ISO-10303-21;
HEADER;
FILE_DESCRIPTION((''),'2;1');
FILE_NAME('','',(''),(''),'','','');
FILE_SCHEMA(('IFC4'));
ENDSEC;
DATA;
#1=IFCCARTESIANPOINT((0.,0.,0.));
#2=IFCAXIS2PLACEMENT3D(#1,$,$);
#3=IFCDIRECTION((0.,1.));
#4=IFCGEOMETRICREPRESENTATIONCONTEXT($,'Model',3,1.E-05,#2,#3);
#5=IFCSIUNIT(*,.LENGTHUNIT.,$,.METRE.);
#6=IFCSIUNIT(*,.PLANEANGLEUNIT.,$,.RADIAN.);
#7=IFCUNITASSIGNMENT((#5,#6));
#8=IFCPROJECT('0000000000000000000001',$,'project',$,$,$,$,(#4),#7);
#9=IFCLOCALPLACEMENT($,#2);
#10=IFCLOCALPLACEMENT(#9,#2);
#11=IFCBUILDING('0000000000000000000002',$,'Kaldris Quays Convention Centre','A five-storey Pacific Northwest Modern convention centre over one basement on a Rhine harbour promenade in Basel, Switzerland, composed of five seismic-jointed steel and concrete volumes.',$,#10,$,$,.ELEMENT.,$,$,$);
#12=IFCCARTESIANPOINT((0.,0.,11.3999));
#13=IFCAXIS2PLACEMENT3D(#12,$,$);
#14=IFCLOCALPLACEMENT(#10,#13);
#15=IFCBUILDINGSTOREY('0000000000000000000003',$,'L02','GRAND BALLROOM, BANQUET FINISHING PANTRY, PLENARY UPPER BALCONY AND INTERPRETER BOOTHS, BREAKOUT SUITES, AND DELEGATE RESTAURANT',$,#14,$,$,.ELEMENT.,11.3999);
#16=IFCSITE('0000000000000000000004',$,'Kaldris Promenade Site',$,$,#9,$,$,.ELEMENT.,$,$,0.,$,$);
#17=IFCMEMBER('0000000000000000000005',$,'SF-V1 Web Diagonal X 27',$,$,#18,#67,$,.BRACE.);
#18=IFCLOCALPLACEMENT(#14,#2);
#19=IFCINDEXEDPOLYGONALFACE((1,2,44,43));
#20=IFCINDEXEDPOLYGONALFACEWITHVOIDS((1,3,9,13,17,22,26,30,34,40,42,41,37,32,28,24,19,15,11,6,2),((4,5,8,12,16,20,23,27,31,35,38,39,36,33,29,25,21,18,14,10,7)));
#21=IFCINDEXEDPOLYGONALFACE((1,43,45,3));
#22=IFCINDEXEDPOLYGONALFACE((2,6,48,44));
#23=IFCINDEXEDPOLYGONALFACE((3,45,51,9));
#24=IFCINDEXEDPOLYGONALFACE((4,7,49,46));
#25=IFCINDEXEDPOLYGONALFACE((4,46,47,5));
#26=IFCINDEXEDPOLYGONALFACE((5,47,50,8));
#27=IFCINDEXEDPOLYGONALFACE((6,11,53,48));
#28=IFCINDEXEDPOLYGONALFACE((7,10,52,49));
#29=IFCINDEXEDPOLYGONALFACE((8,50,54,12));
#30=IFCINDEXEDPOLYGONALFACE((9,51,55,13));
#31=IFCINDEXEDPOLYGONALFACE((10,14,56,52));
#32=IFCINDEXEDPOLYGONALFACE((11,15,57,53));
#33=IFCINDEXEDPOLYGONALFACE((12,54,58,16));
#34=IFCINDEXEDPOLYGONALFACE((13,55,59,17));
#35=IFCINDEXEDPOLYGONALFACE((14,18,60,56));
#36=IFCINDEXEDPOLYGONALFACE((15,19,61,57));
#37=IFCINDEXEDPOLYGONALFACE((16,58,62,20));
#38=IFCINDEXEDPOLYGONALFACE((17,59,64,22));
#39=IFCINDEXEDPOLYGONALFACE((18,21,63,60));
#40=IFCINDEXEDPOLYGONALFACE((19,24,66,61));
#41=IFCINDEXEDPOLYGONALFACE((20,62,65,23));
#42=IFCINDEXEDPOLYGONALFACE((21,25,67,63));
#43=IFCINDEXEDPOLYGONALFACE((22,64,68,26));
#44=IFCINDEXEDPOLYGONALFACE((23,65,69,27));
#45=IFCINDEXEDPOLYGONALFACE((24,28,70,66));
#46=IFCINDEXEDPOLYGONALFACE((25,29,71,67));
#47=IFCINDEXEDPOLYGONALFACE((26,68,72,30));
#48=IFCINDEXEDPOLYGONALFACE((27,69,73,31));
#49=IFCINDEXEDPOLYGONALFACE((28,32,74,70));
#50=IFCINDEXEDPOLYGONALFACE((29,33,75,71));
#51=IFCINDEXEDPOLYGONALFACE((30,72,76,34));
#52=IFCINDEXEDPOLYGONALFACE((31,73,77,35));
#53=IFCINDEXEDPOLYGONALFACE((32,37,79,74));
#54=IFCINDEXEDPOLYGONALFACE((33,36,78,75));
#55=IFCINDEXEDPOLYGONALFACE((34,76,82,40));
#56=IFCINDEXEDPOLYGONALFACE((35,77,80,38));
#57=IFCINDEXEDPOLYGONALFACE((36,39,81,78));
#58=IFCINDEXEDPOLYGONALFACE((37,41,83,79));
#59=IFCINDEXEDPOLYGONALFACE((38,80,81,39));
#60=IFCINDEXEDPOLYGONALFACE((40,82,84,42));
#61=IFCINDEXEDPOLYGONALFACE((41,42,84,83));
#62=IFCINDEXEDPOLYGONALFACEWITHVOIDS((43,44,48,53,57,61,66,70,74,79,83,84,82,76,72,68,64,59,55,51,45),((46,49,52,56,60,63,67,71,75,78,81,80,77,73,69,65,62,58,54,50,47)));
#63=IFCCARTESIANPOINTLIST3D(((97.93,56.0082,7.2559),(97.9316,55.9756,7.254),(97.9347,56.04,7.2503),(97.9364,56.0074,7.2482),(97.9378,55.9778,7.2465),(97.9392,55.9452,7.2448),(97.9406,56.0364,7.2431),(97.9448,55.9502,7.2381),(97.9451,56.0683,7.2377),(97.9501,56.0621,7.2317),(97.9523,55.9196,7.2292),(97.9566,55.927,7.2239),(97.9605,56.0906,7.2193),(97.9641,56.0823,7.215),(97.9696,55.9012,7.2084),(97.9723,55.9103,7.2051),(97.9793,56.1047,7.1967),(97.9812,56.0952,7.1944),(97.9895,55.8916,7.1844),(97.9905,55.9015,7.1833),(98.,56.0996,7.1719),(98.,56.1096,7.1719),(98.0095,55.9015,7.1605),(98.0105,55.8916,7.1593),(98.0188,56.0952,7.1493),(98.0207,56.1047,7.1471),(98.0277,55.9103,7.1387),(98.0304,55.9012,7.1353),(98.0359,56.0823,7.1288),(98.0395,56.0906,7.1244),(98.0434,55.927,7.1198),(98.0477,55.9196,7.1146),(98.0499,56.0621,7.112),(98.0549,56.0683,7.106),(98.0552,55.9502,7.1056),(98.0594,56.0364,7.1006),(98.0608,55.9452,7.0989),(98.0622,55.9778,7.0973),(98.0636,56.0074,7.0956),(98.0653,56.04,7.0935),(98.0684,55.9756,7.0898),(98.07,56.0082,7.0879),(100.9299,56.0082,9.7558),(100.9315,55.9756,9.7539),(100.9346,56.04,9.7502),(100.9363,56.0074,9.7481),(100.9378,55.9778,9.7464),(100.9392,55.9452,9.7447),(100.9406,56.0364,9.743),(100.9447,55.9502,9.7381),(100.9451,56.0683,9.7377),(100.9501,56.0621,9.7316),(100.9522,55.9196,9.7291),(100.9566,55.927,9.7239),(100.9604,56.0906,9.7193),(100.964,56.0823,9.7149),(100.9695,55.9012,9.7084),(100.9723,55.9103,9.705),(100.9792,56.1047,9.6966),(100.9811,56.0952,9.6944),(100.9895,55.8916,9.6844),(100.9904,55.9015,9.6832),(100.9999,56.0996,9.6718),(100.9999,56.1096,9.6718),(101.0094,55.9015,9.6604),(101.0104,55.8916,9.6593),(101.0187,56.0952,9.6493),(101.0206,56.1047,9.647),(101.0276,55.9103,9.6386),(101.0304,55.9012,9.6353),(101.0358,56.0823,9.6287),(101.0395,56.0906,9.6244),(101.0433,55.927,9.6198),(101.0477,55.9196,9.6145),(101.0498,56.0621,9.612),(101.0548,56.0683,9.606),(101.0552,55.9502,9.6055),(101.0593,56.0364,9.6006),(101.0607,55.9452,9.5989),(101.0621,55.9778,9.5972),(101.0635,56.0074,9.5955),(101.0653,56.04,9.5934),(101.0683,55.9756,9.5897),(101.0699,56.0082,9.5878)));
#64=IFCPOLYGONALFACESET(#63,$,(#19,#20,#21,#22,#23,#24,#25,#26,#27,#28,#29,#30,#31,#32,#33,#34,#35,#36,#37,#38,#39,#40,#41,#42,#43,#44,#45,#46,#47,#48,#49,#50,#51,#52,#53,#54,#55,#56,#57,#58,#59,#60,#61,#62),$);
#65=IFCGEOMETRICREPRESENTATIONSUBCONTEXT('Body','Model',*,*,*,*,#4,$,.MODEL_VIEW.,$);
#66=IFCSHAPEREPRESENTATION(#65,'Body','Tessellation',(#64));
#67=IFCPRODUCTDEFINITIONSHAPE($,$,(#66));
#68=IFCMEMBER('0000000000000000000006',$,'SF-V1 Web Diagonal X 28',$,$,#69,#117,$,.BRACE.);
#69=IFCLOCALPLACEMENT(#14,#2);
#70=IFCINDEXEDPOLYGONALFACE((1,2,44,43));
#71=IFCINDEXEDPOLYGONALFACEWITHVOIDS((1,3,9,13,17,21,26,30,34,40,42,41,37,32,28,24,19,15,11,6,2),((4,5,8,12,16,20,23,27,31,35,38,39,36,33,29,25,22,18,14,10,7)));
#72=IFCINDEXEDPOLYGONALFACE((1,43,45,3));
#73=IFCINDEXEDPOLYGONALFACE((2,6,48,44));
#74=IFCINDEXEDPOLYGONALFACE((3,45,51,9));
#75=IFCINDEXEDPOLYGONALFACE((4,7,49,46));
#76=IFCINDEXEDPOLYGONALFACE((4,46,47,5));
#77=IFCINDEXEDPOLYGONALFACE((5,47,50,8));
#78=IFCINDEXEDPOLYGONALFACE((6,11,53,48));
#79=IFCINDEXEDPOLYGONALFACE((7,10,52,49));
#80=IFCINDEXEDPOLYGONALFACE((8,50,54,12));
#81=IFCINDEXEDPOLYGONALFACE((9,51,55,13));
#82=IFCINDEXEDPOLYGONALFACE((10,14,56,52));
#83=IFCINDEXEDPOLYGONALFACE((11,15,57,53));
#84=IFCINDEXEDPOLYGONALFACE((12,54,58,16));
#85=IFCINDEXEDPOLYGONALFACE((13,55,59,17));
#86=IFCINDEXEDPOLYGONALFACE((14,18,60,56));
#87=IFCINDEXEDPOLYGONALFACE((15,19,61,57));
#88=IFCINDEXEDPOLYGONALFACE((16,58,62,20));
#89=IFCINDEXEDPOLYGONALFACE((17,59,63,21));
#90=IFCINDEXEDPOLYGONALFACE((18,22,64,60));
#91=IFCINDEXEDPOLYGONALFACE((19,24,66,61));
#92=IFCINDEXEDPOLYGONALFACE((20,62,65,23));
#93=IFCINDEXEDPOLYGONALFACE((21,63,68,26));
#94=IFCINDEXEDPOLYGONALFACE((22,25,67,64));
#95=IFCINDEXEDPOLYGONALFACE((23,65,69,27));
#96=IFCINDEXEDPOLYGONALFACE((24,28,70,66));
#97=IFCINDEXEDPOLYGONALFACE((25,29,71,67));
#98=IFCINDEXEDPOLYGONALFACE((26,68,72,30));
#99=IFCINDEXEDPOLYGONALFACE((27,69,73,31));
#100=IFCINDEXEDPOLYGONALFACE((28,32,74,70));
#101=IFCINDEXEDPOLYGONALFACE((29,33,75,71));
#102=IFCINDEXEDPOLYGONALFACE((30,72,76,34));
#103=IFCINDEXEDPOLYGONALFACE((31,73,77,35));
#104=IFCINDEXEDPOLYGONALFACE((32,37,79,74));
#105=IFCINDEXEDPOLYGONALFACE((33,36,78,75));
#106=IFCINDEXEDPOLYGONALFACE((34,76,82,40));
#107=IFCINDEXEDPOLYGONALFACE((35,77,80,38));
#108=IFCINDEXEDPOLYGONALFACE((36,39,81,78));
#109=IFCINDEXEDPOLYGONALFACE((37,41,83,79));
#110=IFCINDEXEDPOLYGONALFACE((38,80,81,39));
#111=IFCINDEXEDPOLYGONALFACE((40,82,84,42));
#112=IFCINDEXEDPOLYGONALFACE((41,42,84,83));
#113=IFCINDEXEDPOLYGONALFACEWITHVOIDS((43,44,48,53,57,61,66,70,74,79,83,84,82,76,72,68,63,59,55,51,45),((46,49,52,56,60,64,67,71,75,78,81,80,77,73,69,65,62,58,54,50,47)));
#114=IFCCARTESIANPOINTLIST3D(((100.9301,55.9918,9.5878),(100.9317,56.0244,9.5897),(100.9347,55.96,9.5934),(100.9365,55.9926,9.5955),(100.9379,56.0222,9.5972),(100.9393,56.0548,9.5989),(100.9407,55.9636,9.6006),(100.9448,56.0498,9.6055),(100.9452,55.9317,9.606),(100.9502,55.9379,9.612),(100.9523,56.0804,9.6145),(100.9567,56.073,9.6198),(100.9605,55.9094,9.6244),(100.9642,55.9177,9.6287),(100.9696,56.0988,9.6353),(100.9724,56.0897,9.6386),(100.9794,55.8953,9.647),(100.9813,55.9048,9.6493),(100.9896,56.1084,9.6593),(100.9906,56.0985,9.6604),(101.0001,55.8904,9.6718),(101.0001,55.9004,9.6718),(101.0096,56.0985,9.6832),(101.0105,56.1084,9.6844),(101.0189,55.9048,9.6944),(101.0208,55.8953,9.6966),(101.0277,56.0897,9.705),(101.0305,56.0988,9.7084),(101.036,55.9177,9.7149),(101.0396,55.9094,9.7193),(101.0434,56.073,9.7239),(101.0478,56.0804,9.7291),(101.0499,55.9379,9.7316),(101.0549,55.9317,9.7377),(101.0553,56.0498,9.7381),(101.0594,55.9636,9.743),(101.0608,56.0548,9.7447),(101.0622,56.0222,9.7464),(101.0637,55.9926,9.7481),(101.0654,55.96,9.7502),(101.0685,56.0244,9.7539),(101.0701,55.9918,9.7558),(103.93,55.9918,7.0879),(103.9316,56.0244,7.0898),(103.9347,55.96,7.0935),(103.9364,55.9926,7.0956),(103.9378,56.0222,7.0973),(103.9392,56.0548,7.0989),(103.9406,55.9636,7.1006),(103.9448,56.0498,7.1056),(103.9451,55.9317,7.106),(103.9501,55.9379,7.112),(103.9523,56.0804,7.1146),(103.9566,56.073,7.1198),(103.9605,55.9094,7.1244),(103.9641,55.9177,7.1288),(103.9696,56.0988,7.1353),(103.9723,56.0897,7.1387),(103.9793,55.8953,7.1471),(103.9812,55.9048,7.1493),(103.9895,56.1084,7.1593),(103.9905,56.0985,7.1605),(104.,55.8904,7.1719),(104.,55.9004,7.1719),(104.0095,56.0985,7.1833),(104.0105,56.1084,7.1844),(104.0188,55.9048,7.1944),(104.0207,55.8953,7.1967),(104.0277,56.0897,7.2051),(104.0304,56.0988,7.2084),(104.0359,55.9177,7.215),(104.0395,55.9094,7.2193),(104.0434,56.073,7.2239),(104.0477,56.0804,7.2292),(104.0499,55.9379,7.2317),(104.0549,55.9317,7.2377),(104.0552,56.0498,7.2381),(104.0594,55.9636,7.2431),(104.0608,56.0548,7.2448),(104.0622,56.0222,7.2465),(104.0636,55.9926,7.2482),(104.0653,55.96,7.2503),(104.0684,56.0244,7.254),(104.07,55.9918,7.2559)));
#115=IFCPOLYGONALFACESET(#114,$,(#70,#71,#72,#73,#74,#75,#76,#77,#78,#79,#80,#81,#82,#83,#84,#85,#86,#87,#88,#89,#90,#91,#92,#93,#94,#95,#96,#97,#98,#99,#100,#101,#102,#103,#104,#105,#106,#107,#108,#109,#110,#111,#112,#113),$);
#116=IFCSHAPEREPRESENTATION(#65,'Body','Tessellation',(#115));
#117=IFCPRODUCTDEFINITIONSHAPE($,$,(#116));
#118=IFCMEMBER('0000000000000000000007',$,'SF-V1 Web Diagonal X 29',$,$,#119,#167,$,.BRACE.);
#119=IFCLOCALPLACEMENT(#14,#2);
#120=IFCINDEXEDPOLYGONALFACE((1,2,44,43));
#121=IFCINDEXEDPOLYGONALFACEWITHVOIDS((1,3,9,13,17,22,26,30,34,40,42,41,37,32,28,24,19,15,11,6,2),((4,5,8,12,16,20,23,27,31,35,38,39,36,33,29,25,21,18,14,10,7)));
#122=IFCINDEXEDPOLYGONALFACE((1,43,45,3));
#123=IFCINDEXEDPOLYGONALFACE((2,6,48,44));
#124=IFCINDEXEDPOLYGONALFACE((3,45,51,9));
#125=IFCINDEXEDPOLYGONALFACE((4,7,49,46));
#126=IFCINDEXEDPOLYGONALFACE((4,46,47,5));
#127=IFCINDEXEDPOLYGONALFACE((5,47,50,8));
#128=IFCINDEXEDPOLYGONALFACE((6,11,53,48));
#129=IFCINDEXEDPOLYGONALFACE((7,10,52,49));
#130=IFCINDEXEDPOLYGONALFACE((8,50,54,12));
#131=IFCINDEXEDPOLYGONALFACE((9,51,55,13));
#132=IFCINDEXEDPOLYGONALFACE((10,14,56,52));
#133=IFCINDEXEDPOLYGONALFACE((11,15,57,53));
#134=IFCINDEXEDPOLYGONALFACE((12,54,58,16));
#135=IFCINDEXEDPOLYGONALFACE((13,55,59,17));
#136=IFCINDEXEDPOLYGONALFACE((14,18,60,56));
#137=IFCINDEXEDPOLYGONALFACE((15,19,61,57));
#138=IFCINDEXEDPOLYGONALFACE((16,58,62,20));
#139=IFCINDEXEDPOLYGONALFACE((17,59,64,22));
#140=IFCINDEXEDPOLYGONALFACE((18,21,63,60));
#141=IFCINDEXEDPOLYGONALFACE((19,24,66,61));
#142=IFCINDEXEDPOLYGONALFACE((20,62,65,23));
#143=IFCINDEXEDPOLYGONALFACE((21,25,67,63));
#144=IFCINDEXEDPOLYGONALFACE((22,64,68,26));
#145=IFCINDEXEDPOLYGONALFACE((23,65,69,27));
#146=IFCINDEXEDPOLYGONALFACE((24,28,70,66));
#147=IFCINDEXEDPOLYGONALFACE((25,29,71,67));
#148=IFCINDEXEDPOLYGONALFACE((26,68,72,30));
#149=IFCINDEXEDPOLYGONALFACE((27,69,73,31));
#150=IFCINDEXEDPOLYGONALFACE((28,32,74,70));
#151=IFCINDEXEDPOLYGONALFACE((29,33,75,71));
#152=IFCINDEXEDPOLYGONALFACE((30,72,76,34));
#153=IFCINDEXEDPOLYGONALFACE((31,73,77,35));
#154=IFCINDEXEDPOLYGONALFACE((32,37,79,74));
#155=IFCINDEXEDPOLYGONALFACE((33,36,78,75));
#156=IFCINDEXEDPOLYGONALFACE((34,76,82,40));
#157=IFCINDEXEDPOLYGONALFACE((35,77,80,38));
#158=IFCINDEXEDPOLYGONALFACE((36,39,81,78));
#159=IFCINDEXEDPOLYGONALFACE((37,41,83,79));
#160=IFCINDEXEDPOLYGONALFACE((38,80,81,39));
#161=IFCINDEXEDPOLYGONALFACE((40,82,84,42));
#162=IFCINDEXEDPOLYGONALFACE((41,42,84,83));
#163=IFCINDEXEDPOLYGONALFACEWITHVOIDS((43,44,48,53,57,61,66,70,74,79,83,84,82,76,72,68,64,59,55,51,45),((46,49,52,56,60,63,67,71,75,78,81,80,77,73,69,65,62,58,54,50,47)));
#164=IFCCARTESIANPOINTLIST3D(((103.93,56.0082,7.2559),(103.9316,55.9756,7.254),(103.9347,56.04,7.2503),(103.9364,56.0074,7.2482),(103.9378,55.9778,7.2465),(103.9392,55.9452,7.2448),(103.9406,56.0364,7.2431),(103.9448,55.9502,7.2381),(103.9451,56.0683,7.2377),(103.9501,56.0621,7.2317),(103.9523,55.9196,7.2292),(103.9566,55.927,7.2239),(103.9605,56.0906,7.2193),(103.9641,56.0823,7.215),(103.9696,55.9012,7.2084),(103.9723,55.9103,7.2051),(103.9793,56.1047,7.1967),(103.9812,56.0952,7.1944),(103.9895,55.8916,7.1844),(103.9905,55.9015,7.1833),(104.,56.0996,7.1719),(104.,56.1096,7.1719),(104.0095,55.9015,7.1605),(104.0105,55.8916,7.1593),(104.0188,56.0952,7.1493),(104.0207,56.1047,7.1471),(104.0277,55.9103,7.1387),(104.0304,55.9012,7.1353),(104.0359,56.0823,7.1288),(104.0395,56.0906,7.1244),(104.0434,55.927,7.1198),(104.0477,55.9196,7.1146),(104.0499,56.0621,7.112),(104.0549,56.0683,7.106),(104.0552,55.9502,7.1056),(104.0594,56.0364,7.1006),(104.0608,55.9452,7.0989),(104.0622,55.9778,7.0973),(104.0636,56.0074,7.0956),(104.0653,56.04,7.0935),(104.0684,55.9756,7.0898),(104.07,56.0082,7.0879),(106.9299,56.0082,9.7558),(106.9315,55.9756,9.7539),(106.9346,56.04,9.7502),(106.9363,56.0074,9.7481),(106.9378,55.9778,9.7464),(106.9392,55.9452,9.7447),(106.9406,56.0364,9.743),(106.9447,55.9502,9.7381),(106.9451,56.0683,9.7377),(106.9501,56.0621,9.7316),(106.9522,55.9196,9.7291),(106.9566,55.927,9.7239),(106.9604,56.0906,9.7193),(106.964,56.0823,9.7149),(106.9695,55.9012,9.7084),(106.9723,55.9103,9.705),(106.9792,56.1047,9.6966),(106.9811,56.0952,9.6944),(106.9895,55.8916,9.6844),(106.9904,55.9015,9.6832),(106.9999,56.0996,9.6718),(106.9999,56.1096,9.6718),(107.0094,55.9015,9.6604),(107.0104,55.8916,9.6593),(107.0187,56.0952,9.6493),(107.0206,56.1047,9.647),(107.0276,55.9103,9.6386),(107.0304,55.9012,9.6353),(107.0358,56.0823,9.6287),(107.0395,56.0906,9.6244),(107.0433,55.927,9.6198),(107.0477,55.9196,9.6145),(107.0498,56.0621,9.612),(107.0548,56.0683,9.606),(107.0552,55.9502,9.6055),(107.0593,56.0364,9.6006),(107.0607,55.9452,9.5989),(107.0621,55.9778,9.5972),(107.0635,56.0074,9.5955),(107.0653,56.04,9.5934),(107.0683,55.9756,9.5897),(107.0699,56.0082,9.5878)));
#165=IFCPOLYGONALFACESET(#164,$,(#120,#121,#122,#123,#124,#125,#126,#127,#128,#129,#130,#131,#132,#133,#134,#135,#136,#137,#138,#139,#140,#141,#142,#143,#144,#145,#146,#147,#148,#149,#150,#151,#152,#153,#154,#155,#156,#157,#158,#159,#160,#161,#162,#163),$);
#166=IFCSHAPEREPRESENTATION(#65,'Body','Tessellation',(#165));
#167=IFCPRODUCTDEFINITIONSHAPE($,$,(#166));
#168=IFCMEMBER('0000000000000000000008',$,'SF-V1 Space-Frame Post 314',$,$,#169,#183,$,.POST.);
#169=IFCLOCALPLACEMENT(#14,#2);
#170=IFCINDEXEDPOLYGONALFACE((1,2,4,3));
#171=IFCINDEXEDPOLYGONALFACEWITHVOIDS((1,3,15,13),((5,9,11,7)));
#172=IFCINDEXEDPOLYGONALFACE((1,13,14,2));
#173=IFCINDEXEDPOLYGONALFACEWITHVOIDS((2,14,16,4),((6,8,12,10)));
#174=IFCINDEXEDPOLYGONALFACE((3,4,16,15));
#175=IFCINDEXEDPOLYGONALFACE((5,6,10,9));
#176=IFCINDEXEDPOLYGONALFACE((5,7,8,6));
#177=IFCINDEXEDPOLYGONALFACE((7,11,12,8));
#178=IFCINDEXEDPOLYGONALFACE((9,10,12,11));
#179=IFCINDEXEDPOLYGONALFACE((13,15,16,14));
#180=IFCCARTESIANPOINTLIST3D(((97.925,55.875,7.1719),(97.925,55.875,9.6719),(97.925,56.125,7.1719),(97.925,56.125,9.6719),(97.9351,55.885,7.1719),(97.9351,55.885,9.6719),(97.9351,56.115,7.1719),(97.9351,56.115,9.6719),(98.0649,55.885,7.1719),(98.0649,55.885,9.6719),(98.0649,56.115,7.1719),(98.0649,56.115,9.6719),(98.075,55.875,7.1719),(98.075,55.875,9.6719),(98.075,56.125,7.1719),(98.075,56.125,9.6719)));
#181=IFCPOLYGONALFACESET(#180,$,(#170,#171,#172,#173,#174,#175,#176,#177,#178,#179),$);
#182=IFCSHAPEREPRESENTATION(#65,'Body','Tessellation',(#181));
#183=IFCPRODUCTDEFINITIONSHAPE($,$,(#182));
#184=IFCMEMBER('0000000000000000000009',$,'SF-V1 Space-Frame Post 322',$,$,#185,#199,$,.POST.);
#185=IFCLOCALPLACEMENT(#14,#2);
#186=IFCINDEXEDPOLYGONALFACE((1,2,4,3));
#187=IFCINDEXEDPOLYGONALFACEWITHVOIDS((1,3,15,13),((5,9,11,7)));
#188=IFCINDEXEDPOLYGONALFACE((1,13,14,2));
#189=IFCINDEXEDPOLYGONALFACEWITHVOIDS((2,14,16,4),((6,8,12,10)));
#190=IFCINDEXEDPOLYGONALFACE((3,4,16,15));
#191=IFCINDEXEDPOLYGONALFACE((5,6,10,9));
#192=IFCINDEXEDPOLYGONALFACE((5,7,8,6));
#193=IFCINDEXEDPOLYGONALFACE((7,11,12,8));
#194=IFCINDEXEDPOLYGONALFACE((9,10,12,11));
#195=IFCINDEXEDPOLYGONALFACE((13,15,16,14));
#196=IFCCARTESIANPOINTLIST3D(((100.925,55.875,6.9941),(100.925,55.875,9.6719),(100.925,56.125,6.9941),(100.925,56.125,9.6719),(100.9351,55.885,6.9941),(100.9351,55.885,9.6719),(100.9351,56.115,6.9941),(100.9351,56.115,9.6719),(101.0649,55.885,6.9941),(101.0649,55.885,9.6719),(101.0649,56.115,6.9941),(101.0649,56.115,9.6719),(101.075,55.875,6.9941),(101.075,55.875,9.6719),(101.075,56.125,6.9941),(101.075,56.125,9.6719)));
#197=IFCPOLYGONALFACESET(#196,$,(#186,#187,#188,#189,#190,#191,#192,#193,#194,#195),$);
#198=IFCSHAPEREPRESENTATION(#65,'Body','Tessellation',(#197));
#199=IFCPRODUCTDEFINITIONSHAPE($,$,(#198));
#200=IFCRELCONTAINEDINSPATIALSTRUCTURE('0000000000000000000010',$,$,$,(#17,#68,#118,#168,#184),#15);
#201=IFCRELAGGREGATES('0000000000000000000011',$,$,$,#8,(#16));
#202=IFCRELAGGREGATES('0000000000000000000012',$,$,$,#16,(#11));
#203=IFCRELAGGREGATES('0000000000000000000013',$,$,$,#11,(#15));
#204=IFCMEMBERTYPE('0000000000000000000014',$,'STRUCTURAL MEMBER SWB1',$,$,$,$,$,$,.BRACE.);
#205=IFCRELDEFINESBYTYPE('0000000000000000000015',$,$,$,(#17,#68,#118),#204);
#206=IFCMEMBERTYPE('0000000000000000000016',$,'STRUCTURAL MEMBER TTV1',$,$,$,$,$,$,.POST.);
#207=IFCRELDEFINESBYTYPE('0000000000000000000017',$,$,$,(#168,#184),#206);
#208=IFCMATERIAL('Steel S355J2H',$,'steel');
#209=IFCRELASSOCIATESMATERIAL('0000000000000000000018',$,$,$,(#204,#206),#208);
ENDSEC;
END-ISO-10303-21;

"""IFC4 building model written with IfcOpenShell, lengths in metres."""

from ifc_helpers import new_model, si_unit, direction, frame, origin, origin_2d, place, context, subcontext, project, spatial, hollow_rectangle, hollow_circle, extrude, material, material_profile, profile_set, type_object, element, save


model = new_model("IFC4")

# Units and contexts
model_context = context("Model", 3, precision=1e-05, world=origin(), true_north=direction((0.0, 1.0)))
body_context = subcontext(model_context, "Body", "Model", "MODEL_VIEW")
ifc_project = project(units=[si_unit("LENGTHUNIT", "METRE"), si_unit("PLANEANGLEUNIT", "RADIAN")], contexts=[model_context])

# Site, building, storey
site_placement = place(None, origin())
site = spatial("IfcSite", under=ifc_project, at=site_placement, Name="Kaldris Promenade Site", CompositionType="ELEMENT", RefElevation=0.0)
building_placement = place(site_placement, origin())
building = spatial("IfcBuilding", under=site, at=building_placement, Name="Kaldris Quays Convention Centre", Description="A five-storey Pacific Northwest Modern convention centre over one basement on a Rhine harbour promenade in Basel, Switzerland, composed of five seismic-jointed steel and concrete volumes.", CompositionType="ELEMENT")
storey_placement = place(building_placement, frame((0.0, 0.0, 11.3999)))
storey = spatial("IfcBuildingStorey", under=building, at=storey_placement, Name="L02", Description="GRAND BALLROOM, BANQUET FINISHING PANTRY, PLENARY UPPER BALCONY AND INTERPRETER BOOTHS, BREAKOUT SUITES, AND DELEGATE RESTAURANT", CompositionType="ELEMENT", Elevation=11.3999)

# Members
ifc_material_1 = material(Name="Steel S355J2H", Category="steel")
ifc_material_profile_1 = material_profile(ifc_material_1, hollow_circle(Radius=0.1096, WallThickness=0.01, at=origin_2d()), Name="CHS 219.1x10")
ifc_profile_set_1 = profile_set([ifc_material_profile_1], Name="Steel S355J2H")
member_type_1 = type_object("IfcMemberType", Name="STRUCTURAL MEMBER SWB1", PredefinedType="BRACE", material=ifc_profile_set_1)
for number, where, z_axis, x_axis, name in (
    (1, (98.0, 56.0, 7.1719), (0.768221, 0.0, 0.640184), (0.0, 1.0, 0.0), "SF-V1 Web Diagonal X 27"),
    (2, (104.0, 56.0, 7.1719), (-0.768221, 0.0, 0.640184), (0.0, -1.0, 0.0), "SF-V1 Web Diagonal X 28"),
    (3, (104.0, 56.0, 7.1719), (0.768221, 0.0, 0.640184), (0.0, 1.0, 0.0), "SF-V1 Web Diagonal X 29"),
):
    element("IfcMember", number, at=place(storey_placement, frame(where, z_axis=z_axis, x_axis=x_axis)), inside=storey, type_object=member_type_1, Name=name, PredefinedType="BRACE", context=body_context, shape_type="SweptSolid", body=[
        extrude(hollow_circle(Radius=0.1096, WallThickness=0.01, at=origin_2d()), origin(), (0.0, 0.0, 1.0), 3.905),
    ])
ifc_material_profile_2 = material_profile(ifc_material_1, hollow_rectangle(XDim=0.1499, YDim=0.25, WallThickness=0.01, at=origin_2d()), Name="RHS 250x150x10")
ifc_profile_set_2 = profile_set([ifc_material_profile_2], Name="Steel S355J2H")
member_type_2 = type_object("IfcMemberType", Name="STRUCTURAL MEMBER TTV1", PredefinedType="POST", material=ifc_profile_set_2)
member_1_placement = place(storey_placement, frame((98.0, 56.0, 7.1719), z_axis=(0.0, 0.0, 1.0), x_axis=(1.0, 0.0, 0.0)))
element("IfcMember", 4, at=member_1_placement, inside=storey, type_object=member_type_2, Name="SF-V1 Space-Frame Post 314", PredefinedType="POST", context=body_context, shape_type="SweptSolid", body=[
    extrude(hollow_rectangle(XDim=0.1499, YDim=0.25, WallThickness=0.01, at=origin_2d()), origin(), (0.0, 0.0, 1.0), 2.5),
])
member_2_placement = place(storey_placement, frame((101.0, 56.0, 6.9941), z_axis=(0.0, 0.0, 1.0), x_axis=(1.0, 0.0, 0.0)))
element("IfcMember", 5, at=member_2_placement, inside=storey, type_object=member_type_2, Name="SF-V1 Space-Frame Post 322", PredefinedType="POST", context=body_context, shape_type="SweptSolid", body=[
    extrude(hollow_rectangle(XDim=0.1499, YDim=0.25, WallThickness=0.01, at=origin_2d()), origin(), (0.0, 0.0, 1.0), 2.6777),
])

save(model, "model.ifc")
